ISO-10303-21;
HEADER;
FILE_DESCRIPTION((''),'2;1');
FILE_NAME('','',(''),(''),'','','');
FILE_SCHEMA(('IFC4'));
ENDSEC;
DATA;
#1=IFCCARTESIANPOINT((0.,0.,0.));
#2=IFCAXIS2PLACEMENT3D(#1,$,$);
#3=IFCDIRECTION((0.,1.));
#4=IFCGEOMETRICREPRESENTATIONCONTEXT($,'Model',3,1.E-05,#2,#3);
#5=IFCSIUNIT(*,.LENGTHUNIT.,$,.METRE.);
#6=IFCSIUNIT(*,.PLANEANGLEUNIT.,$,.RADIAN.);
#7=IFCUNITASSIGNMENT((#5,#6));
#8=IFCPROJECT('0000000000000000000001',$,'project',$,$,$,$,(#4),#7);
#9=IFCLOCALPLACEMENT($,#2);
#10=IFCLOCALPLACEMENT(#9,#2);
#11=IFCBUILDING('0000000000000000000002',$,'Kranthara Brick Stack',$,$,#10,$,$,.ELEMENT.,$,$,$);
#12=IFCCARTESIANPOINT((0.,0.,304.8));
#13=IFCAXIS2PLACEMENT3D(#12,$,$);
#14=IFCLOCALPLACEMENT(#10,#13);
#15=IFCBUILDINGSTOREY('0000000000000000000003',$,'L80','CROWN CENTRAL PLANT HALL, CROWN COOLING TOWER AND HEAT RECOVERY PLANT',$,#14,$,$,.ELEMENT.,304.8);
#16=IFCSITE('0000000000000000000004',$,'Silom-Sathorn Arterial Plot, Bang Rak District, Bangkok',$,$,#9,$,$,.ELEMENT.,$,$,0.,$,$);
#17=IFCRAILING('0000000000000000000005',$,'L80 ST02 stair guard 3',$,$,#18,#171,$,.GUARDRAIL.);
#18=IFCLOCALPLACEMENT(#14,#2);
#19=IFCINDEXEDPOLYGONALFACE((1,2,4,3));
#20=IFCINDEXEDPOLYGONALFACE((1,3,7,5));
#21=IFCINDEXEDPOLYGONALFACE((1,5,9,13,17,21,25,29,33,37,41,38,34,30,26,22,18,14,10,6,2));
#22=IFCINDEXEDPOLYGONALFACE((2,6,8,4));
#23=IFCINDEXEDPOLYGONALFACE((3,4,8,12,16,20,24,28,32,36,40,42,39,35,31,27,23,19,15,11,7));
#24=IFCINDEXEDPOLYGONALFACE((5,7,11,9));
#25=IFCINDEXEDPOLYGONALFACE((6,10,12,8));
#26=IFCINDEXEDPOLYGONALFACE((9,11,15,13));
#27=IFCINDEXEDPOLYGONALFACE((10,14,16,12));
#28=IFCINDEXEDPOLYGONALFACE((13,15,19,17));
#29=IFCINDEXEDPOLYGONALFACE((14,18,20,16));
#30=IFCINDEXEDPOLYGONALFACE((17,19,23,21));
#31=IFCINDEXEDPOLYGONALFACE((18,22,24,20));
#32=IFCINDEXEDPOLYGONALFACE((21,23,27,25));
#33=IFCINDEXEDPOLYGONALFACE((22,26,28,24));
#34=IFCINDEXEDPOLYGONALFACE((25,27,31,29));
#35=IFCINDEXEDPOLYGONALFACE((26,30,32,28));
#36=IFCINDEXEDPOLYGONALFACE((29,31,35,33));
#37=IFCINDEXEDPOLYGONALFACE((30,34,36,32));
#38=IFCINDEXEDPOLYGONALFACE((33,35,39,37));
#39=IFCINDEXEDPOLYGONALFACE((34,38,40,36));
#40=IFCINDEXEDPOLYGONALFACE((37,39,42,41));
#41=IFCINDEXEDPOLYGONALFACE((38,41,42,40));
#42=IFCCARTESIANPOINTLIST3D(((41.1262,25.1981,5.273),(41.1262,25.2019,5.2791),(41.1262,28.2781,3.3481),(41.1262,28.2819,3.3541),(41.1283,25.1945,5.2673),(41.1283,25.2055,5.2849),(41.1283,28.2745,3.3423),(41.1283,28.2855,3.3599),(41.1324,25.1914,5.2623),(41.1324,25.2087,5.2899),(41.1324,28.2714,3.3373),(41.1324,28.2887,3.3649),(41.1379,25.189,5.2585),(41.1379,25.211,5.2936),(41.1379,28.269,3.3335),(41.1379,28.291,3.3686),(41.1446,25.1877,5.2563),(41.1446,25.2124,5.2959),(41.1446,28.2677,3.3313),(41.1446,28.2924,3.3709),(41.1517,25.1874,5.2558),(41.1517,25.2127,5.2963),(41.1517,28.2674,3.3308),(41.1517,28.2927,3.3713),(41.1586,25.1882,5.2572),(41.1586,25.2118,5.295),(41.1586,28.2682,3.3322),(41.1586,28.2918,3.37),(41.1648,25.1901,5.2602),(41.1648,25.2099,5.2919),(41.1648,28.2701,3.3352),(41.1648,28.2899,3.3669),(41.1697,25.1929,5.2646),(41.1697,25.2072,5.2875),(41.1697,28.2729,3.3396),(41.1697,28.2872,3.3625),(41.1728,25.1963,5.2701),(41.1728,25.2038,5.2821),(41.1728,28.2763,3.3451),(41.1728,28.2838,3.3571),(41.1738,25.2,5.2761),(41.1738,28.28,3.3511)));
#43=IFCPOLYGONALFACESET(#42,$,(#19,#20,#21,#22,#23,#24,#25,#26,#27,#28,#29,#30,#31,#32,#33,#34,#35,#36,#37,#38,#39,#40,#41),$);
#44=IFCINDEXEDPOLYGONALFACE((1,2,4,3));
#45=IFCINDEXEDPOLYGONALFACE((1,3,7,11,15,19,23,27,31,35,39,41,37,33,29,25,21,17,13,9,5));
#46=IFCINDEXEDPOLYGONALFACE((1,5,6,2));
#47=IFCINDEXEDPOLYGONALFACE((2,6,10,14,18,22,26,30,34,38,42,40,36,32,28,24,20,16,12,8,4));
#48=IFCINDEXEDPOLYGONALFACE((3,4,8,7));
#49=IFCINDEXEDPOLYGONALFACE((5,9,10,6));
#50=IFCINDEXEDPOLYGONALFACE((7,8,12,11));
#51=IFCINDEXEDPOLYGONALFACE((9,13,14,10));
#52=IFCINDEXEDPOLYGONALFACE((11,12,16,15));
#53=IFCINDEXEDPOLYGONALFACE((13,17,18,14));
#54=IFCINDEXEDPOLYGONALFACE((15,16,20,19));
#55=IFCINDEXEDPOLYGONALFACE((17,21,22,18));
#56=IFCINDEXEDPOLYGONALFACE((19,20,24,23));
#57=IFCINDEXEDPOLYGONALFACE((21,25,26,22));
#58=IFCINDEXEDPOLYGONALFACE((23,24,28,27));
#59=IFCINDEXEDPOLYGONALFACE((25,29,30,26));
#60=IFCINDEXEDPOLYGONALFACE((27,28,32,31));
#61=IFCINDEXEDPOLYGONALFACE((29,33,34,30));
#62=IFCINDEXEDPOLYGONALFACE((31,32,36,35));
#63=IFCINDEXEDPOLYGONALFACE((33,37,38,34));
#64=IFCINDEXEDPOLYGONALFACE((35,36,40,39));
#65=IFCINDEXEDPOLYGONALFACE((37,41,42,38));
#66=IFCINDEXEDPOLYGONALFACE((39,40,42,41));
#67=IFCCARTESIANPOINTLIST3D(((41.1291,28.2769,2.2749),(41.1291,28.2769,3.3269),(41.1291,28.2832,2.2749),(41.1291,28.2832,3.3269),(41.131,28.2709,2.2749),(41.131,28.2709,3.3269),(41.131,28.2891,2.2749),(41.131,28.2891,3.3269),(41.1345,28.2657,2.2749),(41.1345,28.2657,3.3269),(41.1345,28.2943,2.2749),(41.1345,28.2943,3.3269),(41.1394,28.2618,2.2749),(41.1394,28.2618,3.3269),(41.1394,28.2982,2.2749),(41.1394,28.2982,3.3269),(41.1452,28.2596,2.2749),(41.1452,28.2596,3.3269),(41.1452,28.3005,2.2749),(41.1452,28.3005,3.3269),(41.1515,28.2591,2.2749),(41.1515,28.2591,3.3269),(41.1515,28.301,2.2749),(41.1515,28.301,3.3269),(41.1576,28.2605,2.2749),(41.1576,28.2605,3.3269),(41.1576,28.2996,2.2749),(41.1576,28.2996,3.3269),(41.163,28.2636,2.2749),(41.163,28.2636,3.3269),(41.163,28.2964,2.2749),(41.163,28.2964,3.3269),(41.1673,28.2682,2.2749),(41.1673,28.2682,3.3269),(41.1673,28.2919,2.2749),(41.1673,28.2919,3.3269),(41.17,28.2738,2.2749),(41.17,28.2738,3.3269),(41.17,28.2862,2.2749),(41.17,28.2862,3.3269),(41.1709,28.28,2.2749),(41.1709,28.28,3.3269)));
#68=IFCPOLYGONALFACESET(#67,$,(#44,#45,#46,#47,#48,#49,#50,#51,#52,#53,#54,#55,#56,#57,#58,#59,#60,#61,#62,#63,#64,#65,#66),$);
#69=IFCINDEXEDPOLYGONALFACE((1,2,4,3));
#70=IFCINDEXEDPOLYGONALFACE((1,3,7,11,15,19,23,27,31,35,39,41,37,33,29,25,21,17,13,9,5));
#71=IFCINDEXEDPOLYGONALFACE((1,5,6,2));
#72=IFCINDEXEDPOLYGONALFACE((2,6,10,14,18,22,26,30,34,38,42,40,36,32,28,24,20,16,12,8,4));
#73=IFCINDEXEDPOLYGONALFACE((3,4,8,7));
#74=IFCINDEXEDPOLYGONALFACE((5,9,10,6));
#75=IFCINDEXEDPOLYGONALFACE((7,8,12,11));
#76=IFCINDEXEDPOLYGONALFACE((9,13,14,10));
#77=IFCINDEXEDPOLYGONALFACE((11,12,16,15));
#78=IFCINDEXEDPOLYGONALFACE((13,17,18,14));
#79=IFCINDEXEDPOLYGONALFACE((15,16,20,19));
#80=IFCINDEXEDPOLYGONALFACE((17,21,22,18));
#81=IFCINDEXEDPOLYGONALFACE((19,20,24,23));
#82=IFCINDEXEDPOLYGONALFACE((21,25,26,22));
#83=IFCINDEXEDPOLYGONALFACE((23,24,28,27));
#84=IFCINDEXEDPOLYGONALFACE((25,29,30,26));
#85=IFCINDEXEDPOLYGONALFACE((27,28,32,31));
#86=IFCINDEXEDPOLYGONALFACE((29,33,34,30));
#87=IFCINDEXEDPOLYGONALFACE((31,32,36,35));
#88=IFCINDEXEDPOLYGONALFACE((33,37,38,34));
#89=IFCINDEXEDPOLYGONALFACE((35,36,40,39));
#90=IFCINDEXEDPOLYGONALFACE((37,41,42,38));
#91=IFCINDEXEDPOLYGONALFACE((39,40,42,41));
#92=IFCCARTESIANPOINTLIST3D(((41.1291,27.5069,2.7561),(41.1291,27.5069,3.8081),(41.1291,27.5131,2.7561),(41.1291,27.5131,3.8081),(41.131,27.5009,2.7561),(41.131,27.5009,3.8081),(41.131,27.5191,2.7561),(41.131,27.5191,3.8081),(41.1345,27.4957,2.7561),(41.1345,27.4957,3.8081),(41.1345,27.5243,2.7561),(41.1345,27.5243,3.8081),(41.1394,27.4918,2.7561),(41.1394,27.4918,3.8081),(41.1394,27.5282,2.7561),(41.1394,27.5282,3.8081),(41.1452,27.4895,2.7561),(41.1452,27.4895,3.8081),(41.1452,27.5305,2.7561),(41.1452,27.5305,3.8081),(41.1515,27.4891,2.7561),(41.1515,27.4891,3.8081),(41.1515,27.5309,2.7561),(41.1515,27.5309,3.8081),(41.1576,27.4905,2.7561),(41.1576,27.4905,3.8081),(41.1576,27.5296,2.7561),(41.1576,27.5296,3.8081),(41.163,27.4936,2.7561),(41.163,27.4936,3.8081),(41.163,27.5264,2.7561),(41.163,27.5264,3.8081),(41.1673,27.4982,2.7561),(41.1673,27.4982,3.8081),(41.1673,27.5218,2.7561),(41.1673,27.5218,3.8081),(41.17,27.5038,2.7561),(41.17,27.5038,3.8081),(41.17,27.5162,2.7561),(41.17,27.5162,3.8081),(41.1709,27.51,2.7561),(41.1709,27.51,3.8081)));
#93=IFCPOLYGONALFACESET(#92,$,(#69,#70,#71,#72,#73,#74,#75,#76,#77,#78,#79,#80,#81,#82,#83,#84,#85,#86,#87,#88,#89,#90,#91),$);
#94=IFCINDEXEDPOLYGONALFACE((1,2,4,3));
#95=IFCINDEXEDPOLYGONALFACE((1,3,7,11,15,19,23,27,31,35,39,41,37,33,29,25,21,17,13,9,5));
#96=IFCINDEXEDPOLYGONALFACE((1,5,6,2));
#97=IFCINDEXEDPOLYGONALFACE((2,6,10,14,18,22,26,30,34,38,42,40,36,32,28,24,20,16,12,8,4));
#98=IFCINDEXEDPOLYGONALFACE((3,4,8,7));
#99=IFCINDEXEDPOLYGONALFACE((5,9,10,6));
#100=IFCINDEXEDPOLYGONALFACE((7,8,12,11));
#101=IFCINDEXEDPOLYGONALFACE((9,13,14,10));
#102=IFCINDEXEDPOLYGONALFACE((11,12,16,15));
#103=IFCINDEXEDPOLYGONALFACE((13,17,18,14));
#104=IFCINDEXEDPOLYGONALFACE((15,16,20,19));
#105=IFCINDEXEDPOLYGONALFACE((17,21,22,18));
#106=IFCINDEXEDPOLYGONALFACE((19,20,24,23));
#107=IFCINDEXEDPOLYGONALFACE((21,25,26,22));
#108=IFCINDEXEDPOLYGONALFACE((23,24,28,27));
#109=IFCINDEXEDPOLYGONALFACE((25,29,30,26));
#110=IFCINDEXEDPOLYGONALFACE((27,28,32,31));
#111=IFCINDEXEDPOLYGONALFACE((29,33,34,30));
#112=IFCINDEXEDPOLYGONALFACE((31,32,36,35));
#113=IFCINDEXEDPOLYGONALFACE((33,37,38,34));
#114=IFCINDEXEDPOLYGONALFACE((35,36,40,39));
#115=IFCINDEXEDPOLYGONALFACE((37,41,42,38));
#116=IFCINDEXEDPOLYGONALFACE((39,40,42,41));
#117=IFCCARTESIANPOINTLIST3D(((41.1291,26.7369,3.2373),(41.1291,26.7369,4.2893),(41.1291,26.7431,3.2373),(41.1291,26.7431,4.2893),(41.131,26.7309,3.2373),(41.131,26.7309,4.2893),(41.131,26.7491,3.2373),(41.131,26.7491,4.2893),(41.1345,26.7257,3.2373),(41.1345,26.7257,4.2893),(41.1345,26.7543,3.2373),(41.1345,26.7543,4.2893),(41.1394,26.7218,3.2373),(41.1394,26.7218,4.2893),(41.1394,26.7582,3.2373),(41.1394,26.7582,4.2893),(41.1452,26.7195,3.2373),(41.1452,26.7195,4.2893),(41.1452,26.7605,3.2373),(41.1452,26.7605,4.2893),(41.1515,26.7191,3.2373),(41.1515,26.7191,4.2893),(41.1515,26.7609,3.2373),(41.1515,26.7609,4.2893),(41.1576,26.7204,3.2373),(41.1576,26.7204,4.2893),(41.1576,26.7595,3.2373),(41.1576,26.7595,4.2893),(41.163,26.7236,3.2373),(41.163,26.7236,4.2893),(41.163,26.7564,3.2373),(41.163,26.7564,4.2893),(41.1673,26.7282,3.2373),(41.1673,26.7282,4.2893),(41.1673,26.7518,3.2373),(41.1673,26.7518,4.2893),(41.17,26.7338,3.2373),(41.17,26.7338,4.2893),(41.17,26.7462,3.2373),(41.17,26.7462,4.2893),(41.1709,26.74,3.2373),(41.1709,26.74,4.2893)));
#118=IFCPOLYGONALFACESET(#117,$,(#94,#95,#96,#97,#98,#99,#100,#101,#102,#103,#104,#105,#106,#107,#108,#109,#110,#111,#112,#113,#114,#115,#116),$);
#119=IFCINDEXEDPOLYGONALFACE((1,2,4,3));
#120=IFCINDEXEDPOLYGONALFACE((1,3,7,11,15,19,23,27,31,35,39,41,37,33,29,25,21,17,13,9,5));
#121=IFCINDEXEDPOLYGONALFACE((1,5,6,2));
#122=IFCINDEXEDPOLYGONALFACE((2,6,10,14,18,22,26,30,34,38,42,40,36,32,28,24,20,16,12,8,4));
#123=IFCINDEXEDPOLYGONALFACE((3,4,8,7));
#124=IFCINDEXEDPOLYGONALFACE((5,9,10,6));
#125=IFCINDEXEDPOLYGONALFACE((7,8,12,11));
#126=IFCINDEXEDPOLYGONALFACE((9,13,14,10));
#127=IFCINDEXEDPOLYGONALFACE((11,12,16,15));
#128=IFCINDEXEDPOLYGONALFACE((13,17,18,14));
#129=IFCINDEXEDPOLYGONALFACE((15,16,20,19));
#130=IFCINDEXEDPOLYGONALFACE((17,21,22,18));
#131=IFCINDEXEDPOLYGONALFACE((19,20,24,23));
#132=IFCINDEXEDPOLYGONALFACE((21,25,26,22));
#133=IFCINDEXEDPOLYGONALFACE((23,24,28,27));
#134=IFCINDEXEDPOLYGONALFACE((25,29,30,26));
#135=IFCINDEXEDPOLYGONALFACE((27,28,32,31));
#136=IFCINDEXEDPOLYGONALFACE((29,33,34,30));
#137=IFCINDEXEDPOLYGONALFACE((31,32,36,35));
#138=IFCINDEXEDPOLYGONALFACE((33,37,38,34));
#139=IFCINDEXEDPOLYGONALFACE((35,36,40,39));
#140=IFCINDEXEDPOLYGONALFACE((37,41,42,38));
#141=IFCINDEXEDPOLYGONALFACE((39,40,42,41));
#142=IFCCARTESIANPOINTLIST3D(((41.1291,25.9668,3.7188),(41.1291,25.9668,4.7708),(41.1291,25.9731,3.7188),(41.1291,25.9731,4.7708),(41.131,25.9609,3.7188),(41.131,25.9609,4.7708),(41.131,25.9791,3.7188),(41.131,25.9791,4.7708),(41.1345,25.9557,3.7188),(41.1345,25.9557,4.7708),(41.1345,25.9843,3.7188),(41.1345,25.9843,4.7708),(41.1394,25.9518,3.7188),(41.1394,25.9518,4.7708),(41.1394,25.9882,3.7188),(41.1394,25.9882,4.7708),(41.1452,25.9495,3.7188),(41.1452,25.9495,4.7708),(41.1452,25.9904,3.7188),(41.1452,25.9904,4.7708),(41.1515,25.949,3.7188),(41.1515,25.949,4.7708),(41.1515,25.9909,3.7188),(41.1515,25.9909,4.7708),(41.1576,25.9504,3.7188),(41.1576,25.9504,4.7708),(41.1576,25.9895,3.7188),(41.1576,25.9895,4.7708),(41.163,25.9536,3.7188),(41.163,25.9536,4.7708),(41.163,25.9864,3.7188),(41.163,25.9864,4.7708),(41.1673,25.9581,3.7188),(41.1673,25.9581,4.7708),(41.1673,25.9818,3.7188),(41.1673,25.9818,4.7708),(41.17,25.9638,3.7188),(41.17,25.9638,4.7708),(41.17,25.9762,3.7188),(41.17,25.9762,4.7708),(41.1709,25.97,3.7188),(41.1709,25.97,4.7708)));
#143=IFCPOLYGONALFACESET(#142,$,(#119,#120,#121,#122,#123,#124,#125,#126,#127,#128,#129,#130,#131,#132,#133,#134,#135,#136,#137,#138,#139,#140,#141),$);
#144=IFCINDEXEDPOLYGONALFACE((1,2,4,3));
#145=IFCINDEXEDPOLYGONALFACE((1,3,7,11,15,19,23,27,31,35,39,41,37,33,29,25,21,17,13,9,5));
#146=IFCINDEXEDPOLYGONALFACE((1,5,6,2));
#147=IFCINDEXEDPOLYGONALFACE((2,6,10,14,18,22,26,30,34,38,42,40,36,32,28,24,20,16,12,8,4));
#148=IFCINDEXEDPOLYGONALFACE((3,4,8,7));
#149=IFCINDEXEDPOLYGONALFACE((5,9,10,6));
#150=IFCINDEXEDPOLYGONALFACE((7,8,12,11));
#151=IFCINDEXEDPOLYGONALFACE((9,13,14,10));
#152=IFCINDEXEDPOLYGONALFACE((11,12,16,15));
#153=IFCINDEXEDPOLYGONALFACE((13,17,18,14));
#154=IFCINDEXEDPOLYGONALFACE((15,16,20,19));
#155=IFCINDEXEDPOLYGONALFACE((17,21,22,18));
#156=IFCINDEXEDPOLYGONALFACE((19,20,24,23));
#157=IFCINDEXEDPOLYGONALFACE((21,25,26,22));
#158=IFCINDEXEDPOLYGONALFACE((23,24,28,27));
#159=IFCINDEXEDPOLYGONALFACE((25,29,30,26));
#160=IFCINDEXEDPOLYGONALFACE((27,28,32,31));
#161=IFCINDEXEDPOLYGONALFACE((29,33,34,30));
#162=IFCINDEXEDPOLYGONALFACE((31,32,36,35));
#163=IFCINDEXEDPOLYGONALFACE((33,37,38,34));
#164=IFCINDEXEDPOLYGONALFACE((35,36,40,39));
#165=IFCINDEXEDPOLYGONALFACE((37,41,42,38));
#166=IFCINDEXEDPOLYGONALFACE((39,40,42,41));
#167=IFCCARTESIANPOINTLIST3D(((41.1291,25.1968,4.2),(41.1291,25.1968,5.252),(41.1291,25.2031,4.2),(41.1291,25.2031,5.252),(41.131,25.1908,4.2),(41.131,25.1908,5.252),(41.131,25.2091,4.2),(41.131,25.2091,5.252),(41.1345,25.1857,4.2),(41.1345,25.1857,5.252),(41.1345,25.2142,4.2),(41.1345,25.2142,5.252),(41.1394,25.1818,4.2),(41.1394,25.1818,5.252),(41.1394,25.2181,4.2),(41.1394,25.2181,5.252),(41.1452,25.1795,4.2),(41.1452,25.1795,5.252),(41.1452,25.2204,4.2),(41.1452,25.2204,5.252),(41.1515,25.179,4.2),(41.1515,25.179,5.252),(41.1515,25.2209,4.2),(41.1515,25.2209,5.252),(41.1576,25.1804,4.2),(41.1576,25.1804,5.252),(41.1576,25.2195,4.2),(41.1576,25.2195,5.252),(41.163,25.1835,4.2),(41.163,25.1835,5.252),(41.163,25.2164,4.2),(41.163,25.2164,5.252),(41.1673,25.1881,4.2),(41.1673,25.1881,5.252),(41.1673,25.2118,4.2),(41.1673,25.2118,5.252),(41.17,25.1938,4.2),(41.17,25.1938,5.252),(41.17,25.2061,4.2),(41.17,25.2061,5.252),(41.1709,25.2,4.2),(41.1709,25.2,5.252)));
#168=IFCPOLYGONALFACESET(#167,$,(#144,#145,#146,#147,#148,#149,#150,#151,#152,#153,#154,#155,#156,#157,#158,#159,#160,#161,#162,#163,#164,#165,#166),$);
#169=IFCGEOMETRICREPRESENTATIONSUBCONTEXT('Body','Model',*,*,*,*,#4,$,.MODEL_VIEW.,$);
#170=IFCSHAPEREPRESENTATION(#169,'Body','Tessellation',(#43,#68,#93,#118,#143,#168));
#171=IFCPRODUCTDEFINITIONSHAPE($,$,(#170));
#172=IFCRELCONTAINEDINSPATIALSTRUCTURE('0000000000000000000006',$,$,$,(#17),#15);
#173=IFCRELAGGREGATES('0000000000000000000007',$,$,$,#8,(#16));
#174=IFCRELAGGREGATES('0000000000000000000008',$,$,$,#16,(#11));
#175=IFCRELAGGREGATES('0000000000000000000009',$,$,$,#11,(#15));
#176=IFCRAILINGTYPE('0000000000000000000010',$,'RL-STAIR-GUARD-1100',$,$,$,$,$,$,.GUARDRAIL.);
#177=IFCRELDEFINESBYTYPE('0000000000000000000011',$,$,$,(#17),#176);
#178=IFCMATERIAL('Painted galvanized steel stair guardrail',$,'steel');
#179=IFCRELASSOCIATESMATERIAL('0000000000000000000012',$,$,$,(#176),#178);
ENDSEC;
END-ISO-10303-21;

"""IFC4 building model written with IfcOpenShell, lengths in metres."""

from ifc_helpers import new_model, si_unit, direction, frame, origin, origin_2d, place, context, subcontext, project, spatial, circle, extrude, material, type_object, element, save


model = new_model("IFC4")

# Units and contexts
model_context = context("Model", 3, precision=1e-05, world=origin(), true_north=direction((0.0, 1.0)))
body_context = subcontext(model_context, "Body", "Model", "MODEL_VIEW")
ifc_project = project(units=[si_unit("LENGTHUNIT", "METRE"), si_unit("PLANEANGLEUNIT", "RADIAN")], contexts=[model_context])

# Site, building, storey
site_placement = place(None, origin())
site = spatial("IfcSite", under=ifc_project, at=site_placement, Name="Silom-Sathorn Arterial Plot, Bang Rak District, Bangkok", CompositionType="ELEMENT", RefElevation=0.0)
building_placement = place(site_placement, origin())
building = spatial("IfcBuilding", under=site, at=building_placement, Name="Kranthara Brick Stack", CompositionType="ELEMENT")
storey_placement = place(building_placement, frame((0.0, 0.0, 304.8)))
storey = spatial("IfcBuildingStorey", under=building, at=storey_placement, Name="L80", Description="CROWN CENTRAL PLANT HALL, CROWN COOLING TOWER AND HEAT RECOVERY PLANT", CompositionType="ELEMENT", Elevation=304.8)

# Railing
ifc_material_1 = material(Name="Painted galvanized steel stair guardrail", Category="steel")
railing_type_1 = type_object("IfcRailingType", Name="RL-STAIR-GUARD-1100", PredefinedType="GUARDRAIL", material=ifc_material_1)
railing_1_placement = place(storey_placement, frame((41.1499, 28.28, 2.2749)))
element("IfcRailing", 1, at=railing_1_placement, inside=storey, type_object=railing_type_1, Name="L80 ST02 stair guard 3", PredefinedType="GUARDRAIL", context=body_context, shape_type="SweptSolid", body=[
    extrude(circle(Radius=0.0239, at=origin_2d()), frame((0.0, 0.0, 1.0762), z_axis=(0.0, -0.847998, 0.529999), x_axis=(1.0, 0.0, 0.0)), (0.0, 0.0, 1.0), 3.6321),
    extrude(circle(Radius=0.021, at=origin_2d()), origin(), (0.0, 0.0, 1.0), 1.052),
    extrude(circle(Radius=0.021, at=origin_2d()), frame((0.0, -0.77, 0.4812)), (0.0, 0.0, 1.0), 1.052),
    extrude(circle(Radius=0.021, at=origin_2d()), frame((0.0, -1.54, 0.9624)), (0.0, 0.0, 1.0), 1.052),
    extrude(circle(Radius=0.021, at=origin_2d()), frame((0.0, -2.3101, 1.4438)), (0.0, 0.0, 1.0), 1.052),
    extrude(circle(Radius=0.021, at=origin_2d()), frame((0.0, -3.0801, 1.925)), (0.0, 0.0, 1.0), 1.052),
])

save(model, "model.ifc")
